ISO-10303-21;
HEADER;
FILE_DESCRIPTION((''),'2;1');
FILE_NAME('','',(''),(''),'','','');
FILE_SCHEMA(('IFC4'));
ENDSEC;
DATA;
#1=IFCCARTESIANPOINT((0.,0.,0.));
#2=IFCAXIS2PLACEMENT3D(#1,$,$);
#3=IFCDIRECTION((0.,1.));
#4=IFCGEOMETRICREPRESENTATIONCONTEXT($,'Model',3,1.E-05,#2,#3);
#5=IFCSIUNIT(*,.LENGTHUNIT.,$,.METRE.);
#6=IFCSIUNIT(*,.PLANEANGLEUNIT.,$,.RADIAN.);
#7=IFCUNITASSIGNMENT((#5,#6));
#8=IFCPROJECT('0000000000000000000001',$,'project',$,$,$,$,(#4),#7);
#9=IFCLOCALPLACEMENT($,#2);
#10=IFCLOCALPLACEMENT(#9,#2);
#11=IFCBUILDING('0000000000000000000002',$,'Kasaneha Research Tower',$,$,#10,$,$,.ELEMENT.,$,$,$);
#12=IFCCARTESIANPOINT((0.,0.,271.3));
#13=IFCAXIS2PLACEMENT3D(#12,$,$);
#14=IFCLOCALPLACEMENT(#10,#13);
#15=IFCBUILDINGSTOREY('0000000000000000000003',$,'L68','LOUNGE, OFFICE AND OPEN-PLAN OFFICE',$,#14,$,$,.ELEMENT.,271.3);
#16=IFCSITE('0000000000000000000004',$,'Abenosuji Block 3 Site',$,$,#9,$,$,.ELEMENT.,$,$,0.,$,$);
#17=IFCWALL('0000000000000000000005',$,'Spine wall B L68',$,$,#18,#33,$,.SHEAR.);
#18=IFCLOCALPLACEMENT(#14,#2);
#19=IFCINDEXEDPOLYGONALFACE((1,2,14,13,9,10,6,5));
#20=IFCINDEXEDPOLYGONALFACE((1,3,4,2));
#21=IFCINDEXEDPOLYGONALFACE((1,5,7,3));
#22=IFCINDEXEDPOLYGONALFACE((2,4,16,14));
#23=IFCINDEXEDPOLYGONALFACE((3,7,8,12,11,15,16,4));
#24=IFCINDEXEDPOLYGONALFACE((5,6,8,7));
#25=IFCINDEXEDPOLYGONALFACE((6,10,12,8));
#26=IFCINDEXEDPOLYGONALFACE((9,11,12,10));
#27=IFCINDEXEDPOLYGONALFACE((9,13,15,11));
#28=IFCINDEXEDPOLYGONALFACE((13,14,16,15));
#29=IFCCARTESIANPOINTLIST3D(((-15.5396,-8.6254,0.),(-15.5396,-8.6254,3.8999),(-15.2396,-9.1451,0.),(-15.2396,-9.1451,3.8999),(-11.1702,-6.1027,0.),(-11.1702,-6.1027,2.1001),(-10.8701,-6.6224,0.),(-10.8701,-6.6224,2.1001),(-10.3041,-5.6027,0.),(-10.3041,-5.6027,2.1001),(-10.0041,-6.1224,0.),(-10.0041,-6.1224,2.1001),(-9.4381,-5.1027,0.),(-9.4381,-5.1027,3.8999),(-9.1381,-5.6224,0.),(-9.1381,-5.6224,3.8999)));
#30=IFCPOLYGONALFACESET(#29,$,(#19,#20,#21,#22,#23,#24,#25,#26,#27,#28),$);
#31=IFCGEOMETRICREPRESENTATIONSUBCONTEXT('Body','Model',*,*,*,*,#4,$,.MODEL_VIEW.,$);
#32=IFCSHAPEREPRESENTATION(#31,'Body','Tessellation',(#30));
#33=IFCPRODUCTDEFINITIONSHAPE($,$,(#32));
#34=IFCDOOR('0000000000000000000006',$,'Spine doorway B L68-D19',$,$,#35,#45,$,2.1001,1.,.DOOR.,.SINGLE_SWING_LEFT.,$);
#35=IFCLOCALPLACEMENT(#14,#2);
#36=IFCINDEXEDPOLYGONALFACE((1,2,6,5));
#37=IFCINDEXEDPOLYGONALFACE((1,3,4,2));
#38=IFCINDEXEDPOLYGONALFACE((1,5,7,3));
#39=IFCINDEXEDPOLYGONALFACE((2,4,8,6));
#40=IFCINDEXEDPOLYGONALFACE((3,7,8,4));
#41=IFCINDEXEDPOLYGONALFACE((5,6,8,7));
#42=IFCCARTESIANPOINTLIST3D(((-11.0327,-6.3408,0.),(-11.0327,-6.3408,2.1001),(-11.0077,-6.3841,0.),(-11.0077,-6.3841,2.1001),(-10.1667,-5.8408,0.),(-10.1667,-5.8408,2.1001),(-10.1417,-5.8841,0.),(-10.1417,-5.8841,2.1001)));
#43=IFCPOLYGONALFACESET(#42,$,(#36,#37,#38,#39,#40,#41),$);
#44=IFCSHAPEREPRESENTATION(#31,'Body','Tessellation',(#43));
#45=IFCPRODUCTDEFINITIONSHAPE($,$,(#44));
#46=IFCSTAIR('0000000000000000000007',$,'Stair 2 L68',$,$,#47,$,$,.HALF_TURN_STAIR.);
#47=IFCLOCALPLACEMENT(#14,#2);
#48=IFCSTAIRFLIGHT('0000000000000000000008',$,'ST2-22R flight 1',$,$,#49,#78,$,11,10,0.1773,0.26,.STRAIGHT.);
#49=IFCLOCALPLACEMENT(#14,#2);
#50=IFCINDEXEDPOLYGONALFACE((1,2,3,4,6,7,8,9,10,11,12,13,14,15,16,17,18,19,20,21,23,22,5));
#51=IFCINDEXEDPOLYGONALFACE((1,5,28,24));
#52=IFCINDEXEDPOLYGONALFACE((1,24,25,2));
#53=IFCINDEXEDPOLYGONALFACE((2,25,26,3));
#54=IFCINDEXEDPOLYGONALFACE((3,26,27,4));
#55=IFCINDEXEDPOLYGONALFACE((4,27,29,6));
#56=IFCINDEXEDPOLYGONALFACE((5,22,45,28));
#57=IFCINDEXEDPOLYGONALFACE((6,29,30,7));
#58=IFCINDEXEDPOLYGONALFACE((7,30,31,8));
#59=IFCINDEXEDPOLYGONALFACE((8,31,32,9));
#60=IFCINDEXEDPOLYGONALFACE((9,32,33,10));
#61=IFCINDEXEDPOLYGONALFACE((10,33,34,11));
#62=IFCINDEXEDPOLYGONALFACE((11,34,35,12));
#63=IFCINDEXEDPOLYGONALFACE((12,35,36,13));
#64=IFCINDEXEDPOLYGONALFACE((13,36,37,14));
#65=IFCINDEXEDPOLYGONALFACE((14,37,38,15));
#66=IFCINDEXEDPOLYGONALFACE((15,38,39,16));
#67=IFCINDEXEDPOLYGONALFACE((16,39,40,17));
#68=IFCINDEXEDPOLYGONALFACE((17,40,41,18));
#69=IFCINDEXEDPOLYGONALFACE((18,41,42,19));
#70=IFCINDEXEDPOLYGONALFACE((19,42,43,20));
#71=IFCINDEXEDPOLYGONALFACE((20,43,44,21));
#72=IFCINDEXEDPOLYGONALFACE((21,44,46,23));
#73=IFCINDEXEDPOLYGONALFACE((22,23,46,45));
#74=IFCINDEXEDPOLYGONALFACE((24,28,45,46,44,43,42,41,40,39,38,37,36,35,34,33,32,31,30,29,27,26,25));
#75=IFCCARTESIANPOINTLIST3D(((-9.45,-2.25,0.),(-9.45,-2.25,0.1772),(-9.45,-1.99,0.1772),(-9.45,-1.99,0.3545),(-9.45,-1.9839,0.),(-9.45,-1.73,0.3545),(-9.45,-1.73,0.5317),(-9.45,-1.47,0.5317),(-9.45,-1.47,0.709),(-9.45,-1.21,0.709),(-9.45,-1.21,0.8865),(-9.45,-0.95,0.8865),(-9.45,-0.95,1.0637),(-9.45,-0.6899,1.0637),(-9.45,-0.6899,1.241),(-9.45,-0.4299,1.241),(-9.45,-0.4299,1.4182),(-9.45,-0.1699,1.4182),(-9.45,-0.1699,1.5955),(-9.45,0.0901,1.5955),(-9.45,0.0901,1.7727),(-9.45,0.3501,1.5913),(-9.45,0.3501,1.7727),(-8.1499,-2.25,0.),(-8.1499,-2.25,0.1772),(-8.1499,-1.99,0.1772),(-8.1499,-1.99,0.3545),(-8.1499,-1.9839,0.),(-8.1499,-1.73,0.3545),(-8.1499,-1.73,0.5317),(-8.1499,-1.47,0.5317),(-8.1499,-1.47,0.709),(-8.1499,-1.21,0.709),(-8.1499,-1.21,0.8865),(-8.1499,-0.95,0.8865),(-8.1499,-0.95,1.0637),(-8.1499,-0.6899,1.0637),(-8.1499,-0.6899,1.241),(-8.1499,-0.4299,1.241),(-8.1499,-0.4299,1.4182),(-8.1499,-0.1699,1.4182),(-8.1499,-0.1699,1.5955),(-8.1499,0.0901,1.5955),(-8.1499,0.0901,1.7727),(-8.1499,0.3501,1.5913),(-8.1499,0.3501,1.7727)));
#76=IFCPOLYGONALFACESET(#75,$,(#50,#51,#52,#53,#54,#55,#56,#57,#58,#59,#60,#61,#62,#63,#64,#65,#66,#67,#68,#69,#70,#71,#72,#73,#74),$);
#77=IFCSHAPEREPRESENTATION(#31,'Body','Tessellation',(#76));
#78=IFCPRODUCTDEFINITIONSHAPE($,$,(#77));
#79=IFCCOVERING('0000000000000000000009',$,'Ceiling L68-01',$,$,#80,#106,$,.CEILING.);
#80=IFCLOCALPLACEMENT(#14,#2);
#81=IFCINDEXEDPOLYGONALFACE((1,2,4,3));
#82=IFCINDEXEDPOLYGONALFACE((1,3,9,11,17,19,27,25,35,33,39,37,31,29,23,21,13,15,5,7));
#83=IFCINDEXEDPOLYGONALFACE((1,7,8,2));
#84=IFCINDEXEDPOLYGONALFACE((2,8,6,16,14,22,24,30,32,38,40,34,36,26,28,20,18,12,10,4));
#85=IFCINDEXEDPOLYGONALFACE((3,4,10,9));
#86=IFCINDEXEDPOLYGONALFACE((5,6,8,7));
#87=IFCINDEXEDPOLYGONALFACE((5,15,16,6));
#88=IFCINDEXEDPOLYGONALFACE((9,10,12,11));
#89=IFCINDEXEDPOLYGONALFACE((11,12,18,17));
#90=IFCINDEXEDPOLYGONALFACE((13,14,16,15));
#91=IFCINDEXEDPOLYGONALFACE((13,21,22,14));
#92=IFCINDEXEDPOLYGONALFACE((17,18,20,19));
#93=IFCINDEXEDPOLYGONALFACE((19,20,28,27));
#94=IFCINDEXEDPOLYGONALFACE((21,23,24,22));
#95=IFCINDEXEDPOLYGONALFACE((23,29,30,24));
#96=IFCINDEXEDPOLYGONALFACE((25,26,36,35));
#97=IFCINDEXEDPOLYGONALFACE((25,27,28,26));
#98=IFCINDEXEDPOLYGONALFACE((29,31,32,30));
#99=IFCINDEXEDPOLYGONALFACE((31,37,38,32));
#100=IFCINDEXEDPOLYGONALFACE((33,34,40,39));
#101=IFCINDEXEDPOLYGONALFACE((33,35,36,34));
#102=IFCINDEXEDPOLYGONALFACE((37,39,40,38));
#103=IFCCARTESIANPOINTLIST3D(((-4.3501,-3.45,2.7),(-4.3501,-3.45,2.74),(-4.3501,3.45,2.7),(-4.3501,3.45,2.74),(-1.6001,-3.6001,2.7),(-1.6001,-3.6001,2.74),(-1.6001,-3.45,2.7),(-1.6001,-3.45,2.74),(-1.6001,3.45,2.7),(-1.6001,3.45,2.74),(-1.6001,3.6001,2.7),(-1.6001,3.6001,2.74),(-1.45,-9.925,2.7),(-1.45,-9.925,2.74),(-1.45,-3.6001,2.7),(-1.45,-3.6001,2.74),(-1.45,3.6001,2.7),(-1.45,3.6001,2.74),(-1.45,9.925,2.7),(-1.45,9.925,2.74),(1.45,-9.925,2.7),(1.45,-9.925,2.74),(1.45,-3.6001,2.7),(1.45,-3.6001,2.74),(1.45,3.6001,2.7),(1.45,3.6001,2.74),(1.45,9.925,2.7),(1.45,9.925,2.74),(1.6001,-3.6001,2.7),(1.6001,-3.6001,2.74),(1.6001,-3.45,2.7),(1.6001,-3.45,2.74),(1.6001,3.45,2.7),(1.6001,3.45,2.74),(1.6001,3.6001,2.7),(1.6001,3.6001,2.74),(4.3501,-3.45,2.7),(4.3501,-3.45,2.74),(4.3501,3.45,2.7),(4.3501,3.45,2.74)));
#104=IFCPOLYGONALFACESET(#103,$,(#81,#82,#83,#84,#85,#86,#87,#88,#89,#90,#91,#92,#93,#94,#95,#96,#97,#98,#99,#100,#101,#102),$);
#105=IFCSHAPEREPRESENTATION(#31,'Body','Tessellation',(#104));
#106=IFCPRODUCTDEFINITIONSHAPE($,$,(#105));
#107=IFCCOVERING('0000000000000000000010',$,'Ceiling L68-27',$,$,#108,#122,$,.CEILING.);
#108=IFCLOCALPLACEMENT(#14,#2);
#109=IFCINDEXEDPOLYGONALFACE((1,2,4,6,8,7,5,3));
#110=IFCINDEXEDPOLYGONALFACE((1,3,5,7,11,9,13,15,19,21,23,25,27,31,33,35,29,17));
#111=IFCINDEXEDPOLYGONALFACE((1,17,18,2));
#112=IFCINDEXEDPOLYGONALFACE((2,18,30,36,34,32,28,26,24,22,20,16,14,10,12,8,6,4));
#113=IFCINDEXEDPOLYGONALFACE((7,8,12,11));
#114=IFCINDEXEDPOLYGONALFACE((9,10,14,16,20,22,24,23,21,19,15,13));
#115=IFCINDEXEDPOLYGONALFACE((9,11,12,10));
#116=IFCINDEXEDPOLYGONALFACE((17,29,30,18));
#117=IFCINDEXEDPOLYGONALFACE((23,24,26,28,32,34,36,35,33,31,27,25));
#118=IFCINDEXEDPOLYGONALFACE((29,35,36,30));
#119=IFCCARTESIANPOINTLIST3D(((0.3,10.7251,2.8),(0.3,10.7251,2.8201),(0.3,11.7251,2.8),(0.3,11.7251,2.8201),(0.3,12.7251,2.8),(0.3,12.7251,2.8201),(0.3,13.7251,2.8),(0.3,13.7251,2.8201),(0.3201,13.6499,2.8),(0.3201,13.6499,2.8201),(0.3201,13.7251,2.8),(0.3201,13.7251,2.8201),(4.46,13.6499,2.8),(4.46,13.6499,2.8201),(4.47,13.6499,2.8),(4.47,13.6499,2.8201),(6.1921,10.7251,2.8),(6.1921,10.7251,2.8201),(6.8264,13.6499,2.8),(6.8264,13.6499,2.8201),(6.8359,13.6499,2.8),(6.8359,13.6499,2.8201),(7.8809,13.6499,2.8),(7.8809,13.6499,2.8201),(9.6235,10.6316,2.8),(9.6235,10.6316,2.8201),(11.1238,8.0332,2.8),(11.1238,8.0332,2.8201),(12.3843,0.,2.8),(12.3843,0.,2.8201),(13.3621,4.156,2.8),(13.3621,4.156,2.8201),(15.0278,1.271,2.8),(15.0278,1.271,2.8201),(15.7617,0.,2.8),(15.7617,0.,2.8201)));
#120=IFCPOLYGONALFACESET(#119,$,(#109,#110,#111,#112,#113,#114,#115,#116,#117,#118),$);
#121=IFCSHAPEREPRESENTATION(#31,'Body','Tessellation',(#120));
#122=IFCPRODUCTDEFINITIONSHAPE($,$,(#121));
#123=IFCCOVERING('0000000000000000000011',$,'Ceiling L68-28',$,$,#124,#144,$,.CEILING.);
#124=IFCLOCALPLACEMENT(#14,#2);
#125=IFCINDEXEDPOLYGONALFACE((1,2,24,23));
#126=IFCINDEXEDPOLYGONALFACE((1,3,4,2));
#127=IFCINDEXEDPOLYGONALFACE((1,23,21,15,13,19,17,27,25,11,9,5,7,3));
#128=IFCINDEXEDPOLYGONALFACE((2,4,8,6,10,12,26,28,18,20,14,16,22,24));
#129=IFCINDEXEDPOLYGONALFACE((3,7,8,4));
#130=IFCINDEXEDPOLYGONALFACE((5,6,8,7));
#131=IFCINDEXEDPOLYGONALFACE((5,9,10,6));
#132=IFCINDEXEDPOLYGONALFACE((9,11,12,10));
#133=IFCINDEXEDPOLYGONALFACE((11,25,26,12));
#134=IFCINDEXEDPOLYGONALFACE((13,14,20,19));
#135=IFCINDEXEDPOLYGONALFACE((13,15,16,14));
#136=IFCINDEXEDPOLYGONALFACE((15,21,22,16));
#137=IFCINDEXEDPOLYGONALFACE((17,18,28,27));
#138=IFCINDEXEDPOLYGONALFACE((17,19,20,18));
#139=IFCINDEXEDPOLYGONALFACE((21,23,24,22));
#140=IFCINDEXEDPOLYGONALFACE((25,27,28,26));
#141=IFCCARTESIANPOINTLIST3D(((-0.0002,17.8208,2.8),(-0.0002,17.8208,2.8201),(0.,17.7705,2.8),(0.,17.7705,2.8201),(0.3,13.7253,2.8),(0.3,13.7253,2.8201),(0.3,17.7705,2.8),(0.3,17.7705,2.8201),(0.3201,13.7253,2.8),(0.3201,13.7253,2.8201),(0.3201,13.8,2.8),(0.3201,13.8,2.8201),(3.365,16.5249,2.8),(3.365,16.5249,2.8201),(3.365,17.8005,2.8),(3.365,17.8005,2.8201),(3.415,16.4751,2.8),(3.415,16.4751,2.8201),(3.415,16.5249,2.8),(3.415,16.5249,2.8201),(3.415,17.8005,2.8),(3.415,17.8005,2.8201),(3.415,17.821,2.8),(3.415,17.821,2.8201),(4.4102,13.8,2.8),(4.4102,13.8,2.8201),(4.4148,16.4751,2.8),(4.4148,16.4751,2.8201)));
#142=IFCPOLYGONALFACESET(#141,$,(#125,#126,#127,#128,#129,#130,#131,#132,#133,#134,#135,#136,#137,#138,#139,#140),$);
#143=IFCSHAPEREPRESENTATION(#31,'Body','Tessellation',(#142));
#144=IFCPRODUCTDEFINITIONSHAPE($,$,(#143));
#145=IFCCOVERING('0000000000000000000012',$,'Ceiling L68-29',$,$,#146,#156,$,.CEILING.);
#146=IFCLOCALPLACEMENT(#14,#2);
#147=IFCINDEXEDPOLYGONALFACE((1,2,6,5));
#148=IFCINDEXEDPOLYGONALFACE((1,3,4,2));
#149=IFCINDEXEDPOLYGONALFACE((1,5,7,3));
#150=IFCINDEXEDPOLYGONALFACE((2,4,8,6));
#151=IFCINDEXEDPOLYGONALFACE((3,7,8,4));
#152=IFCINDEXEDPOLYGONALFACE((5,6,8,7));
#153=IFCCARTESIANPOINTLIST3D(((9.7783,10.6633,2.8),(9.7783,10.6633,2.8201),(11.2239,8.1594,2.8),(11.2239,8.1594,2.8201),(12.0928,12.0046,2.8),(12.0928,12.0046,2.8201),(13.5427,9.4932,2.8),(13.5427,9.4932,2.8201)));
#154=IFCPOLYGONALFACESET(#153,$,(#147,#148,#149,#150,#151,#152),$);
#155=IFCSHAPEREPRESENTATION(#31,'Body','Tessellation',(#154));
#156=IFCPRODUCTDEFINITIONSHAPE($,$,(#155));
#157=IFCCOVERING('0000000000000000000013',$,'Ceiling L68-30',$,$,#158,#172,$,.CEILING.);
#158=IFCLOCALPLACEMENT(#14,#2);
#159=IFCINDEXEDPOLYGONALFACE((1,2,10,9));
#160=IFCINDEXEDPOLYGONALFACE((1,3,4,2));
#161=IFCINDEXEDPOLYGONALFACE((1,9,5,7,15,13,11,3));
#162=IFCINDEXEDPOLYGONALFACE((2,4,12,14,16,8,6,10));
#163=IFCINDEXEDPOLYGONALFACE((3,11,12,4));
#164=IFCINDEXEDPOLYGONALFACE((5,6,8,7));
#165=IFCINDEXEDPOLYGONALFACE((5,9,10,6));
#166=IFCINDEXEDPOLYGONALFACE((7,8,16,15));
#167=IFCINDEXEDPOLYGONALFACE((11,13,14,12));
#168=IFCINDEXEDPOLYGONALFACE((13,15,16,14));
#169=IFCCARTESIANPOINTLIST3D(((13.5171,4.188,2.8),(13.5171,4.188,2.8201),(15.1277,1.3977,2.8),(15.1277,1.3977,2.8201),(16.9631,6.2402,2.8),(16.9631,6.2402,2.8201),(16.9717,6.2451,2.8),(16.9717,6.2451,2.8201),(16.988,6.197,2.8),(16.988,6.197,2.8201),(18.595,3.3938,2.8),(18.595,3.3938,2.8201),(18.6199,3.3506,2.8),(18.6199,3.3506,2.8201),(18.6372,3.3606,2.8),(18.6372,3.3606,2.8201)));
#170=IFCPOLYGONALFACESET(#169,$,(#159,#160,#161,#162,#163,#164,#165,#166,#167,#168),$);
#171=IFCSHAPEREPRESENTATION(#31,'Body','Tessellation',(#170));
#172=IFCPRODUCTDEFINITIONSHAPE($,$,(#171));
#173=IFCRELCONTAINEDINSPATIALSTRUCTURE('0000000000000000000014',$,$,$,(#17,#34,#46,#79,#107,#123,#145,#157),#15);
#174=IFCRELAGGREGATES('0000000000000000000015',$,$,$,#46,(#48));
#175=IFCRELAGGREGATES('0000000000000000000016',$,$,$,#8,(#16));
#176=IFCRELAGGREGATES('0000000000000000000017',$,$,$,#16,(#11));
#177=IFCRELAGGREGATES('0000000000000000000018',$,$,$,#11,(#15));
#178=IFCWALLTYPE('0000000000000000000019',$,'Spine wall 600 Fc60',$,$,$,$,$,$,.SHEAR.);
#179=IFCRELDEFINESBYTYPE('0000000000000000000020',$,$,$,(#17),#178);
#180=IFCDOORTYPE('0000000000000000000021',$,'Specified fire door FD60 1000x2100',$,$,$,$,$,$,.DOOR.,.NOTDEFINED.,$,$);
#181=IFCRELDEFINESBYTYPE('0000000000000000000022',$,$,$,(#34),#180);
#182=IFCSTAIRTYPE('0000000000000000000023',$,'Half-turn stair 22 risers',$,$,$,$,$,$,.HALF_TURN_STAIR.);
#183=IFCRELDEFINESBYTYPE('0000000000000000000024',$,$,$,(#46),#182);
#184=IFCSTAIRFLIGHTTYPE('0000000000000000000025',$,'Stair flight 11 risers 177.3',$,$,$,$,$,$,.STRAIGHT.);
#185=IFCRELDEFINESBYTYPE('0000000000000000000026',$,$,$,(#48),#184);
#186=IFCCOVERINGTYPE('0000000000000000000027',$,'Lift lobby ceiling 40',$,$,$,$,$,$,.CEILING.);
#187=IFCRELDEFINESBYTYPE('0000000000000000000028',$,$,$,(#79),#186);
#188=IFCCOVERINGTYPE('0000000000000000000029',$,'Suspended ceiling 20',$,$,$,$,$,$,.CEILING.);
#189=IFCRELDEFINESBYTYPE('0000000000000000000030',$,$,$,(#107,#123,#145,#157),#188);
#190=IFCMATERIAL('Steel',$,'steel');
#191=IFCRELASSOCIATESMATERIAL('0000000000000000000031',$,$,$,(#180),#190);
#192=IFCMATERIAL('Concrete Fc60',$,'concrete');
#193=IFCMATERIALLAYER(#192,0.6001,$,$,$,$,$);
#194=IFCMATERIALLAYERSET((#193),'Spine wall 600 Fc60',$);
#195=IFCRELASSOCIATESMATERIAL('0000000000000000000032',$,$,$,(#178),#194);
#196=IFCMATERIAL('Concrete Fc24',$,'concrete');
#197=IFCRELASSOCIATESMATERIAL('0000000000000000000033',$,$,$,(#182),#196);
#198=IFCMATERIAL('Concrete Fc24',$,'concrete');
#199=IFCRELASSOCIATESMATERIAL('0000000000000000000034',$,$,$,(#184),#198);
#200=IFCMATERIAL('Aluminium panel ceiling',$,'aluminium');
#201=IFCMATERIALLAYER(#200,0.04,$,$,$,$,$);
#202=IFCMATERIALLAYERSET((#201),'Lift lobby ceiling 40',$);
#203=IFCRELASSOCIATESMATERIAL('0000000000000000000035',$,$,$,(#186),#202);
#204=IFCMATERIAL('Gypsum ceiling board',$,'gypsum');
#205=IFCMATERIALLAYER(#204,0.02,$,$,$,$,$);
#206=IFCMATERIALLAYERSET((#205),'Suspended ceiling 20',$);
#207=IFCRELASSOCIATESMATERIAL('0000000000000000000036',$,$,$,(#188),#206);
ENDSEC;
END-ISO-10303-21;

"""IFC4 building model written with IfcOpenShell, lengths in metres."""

from ifc_helpers import new_model, si_unit, direction, frame, frame_2d, origin, place, context, subcontext, project, spatial, polyline, rectangle, outline, extrude, material, layer, layer_set, type_object, element, fill, aggregate, save


model = new_model("IFC4")

# Units and contexts
model_context = context("Model", 3, precision=1e-05, world=origin(), true_north=direction((0.0, 1.0)))
body_context = subcontext(model_context, "Body", "Model", "MODEL_VIEW")
ifc_project = project(units=[si_unit("LENGTHUNIT", "METRE"), si_unit("PLANEANGLEUNIT", "RADIAN")], contexts=[model_context])

# Site, building, storey
site_placement = place(None, origin())
site = spatial("IfcSite", under=ifc_project, at=site_placement, Name="Abenosuji Block 3 Site", CompositionType="ELEMENT", RefElevation=0.0)
building_placement = place(site_placement, origin())
building = spatial("IfcBuilding", under=site, at=building_placement, Name="Kasaneha Research Tower", CompositionType="ELEMENT")
storey_placement = place(building_placement, frame((0.0, 0.0, 271.3)))
storey = spatial("IfcBuildingStorey", under=building, at=storey_placement, Name="L68", Description="LOUNGE, OFFICE AND OPEN-PLAN OFFICE", CompositionType="ELEMENT", Elevation=271.3)

# Shared definitions
ifc_material_1 = material(Name="Steel", Category="steel")
door_type_1 = type_object("IfcDoorType", Name="Specified fire door FD60 1000x2100", OperationType="NOTDEFINED", PredefinedType="DOOR", material=ifc_material_1)

# Wall, opening, door
ifc_material_2 = material(Name="Concrete Fc60", Category="concrete")
ifc_layer_1 = layer(ifc_material_2, 0.6001)
ifc_layer_set_1 = layer_set([ifc_layer_1], Name="Spine wall 600 Fc60")
wall_type_1 = type_object("IfcWallType", Name="Spine wall 600 Fc60", PredefinedType="SHEAR", material=ifc_layer_set_1)
wall_1_placement = place(storey_placement, frame((-9.2881, -5.3625, 0.0), z_axis=(0.0, 0.0, 1.0), x_axis=(-0.866027, -0.499996, 0.0)))
wall_1 = element("IfcWall", 1, at=wall_1_placement, inside=storey, type_object=wall_type_1, Name="Spine wall B L68", PredefinedType="SHEAR", context=body_context, shape_type="SweptSolid", body=[
    extrude(rectangle(XDim=7.0454, YDim=0.6001, at=frame_2d((3.5227, 0.0))), origin(), (0.0, 0.0, 1.0), 3.8999),
])
opening_1_placement = place(wall_1_placement, frame((1.0, 0.0, 0.0)))
opening_1 = element("IfcOpeningElement", 2, at=opening_1_placement, cuts=wall_1, PredefinedType="OPENING", context=body_context, shape_type="SweptSolid", body=[
    extrude(rectangle(XDim=1.0, YDim=2.1001, at=frame_2d((0.5, 1.05))), frame((0.0, 0.3101, 0.0), z_axis=(0.0, -1.0, 0.0), x_axis=(1.0, 0.0, 0.0)), (0.0, 0.0, 1.0), 0.6201),
])
door_1_placement = place(opening_1_placement, origin())
door_1 = element("IfcDoor", 3, at=door_1_placement, inside=storey, type_object=door_type_1, Name="Spine doorway B L68-D19", OperationType="SINGLE_SWING_LEFT", OverallHeight=2.1001, OverallWidth=1.0, PredefinedType="DOOR", context=body_context, shape_type="SweptSolid", body=[
    extrude(rectangle(XDim=1.0, YDim=2.1001, at=frame_2d((0.5, 1.05))), frame((0.0, 0.0249, 0.0), z_axis=(0.0, -1.0, 0.0), x_axis=(1.0, 0.0, 0.0)), (0.0, 0.0, 1.0), 0.05),
])
fill(opening_1, door_1)

# Stair, stair flight
ifc_material_3 = material(Name="Concrete Fc24", Category="concrete")
stair_type = type_object("IfcStairType", Name="Half-turn stair 22 risers", PredefinedType="HALF_TURN_STAIR", material=ifc_material_3)
stair_placement = place(storey_placement, origin())
stair = element("IfcStair", 4, at=stair_placement, inside=storey, type_object=stair_type, Name="Stair 2 L68", PredefinedType="HALF_TURN_STAIR")
ifc_material_4 = material(Name="Concrete Fc24", Category="concrete")
stair_flight_type = type_object("IfcStairFlightType", Name="Stair flight 11 risers 177.3", PredefinedType="STRAIGHT", material=ifc_material_4)
stair_flight_placement = place(storey_placement, frame((-8.8, -2.25, 0.0), z_axis=(0.0, 0.0, 1.0), x_axis=(0.0, 1.0, 0.0)))
stair_flight = element("IfcStairFlight", 5, at=stair_flight_placement, type_object=stair_flight_type, Name="ST2-22R flight 1", NumberOfRisers=11, NumberOfTreads=10, PredefinedType="STRAIGHT", RiserHeight=0.1773, TreadLength=0.26, context=body_context, shape_type="SweptSolid", body=[
    extrude(outline(polyline([(0.0, 0.0), (0.0, 0.1772), (0.26, 0.1772), (0.26, 0.3545), (0.52, 0.3545), (0.52, 0.5317), (0.78, 0.5317), (0.78, 0.709), (1.04, 0.709), (1.04, 0.8865), (1.3, 0.8865), (1.3, 1.0637), (1.5601, 1.0637), (1.5601, 1.241), (1.8201, 1.241), (1.8201, 1.4182), (2.0801, 1.4182), (2.0801, 1.5955), (2.3401, 1.5955), (2.3401, 1.7727), (2.6001, 1.7727), (2.6001, 1.95), (2.6001, 1.5913), (0.2661, 0.0), (0.0, 0.0)])), frame((0.0, 0.6499, 0.0), z_axis=(0.0, -1.0, 0.0), x_axis=(1.0, 0.0, 0.0)), (0.0, 0.0, 1.0), 1.3),
])
aggregate(stair, [stair_flight])

# Coverings
ifc_material_5 = material(Name="Aluminium panel ceiling", Category="aluminium")
ifc_layer_2 = layer(ifc_material_5, 0.04)
ifc_layer_set_2 = layer_set([ifc_layer_2], Name="Lift lobby ceiling 40")
covering_type_1 = type_object("IfcCoveringType", Name="Lift lobby ceiling 40", PredefinedType="CEILING", material=ifc_layer_set_2)
covering_1_placement = place(storey_placement, frame((0.0, 0.0, 2.7)))
element("IfcCovering", 6, at=covering_1_placement, inside=storey, type_object=covering_type_1, Name="Ceiling L68-01", PredefinedType="CEILING", context=body_context, shape_type="SweptSolid", body=[
    extrude(outline(polyline([(1.45, 9.925), (1.45, 3.6001), (1.6001, 3.6001), (1.6001, 3.45), (4.3501, 3.45), (4.3501, -3.45), (1.6001, -3.45), (1.6001, -3.6001), (1.45, -3.6001), (1.45, -9.925), (-1.45, -9.925), (-1.45, -3.6001), (-1.6001, -3.6001), (-1.6001, -3.45), (-4.3501, -3.45), (-4.3501, 3.45), (-1.6001, 3.45), (-1.6001, 3.6001), (-1.45, 3.6001), (-1.45, 9.925), (1.45, 9.925)])), origin(), (0.0, 0.0, 1.0), 0.04),
])
ifc_material_6 = material(Name="Gypsum ceiling board", Category="gypsum")
ifc_layer_3 = layer(ifc_material_6, 0.02)
ifc_layer_set_3 = layer_set([ifc_layer_3], Name="Suspended ceiling 20")
covering_type_2 = type_object("IfcCoveringType", Name="Suspended ceiling 20", PredefinedType="CEILING", material=ifc_layer_set_3)
covering_2_placement = place(storey_placement, frame((0.0, 0.0, 2.8)))
element("IfcCovering", 7, at=covering_2_placement, inside=storey, type_object=covering_type_2, Name="Ceiling L68-27", PredefinedType="CEILING", context=body_context, shape_type="SweptSolid", body=[
    extrude(outline(polyline([(6.1921, 10.7251), (0.3, 10.7251), (0.3, 11.7251), (0.3, 12.7251), (0.3, 13.7251), (0.3201, 13.7251), (0.3201, 13.6499), (4.46, 13.6499), (4.47, 13.6499), (6.8264, 13.6499), (6.8359, 13.6499), (7.8809, 13.6499), (9.6235, 10.6316), (9.6235, 10.6316), (11.1238, 8.0332), (11.1238, 8.0332), (13.3621, 4.156), (13.3621, 4.156), (15.0278, 1.271), (15.0278, 1.271), (15.7617, 0.0), (12.3843, 0.0), (6.1921, 10.7251)])), origin(), (0.0, 0.0, 1.0), 0.02),
])
covering_3_placement = place(storey_placement, frame((0.0, 0.0, 2.8)))
element("IfcCovering", 8, at=covering_3_placement, inside=storey, type_object=covering_type_2, Name="Ceiling L68-28", PredefinedType="CEILING", context=body_context, shape_type="SweptSolid", body=[
    extrude(outline(polyline([(0.3, 13.7253), (0.3, 17.7705), (0.0, 17.7705), (-0.0002, 17.8208), (3.415, 17.821), (3.415, 17.8005), (3.365, 17.8005), (3.365, 16.5249), (3.415, 16.5249), (3.415, 16.5249), (3.415, 16.5249), (3.415, 16.4751), (4.4148, 16.4751), (4.4102, 13.8), (0.3201, 13.8), (0.3201, 13.7253), (0.3, 13.7253)])), origin(), (0.0, 0.0, 1.0), 0.02),
])
covering_4_placement = place(storey_placement, frame((0.0, 0.0, 2.8)))
element("IfcCovering", 9, at=covering_4_placement, inside=storey, type_object=covering_type_2, Name="Ceiling L68-29", PredefinedType="CEILING", context=body_context, shape_type="SweptSolid", body=[
    extrude(outline(polyline([(12.0928, 12.0046), (13.5427, 9.4932), (11.2239, 8.1594), (9.7783, 10.6633), (12.0928, 12.0046)])), origin(), (0.0, 0.0, 1.0), 0.02),
])
covering_5_placement = place(storey_placement, frame((0.0, 0.0, 2.8)))
element("IfcCovering", 10, at=covering_5_placement, inside=storey, type_object=covering_type_2, Name="Ceiling L68-30", PredefinedType="CEILING", context=body_context, shape_type="SweptSolid", body=[
    extrude(outline(polyline([(18.6199, 3.3506), (18.595, 3.3938), (15.1277, 1.3977), (13.5171, 4.188), (16.988, 6.197), (16.9631, 6.2402), (16.9717, 6.2451), (18.6372, 3.3606), (18.6199, 3.3506)])), origin(), (0.0, 0.0, 1.0), 0.02),
])

save(model, "model.ifc")
